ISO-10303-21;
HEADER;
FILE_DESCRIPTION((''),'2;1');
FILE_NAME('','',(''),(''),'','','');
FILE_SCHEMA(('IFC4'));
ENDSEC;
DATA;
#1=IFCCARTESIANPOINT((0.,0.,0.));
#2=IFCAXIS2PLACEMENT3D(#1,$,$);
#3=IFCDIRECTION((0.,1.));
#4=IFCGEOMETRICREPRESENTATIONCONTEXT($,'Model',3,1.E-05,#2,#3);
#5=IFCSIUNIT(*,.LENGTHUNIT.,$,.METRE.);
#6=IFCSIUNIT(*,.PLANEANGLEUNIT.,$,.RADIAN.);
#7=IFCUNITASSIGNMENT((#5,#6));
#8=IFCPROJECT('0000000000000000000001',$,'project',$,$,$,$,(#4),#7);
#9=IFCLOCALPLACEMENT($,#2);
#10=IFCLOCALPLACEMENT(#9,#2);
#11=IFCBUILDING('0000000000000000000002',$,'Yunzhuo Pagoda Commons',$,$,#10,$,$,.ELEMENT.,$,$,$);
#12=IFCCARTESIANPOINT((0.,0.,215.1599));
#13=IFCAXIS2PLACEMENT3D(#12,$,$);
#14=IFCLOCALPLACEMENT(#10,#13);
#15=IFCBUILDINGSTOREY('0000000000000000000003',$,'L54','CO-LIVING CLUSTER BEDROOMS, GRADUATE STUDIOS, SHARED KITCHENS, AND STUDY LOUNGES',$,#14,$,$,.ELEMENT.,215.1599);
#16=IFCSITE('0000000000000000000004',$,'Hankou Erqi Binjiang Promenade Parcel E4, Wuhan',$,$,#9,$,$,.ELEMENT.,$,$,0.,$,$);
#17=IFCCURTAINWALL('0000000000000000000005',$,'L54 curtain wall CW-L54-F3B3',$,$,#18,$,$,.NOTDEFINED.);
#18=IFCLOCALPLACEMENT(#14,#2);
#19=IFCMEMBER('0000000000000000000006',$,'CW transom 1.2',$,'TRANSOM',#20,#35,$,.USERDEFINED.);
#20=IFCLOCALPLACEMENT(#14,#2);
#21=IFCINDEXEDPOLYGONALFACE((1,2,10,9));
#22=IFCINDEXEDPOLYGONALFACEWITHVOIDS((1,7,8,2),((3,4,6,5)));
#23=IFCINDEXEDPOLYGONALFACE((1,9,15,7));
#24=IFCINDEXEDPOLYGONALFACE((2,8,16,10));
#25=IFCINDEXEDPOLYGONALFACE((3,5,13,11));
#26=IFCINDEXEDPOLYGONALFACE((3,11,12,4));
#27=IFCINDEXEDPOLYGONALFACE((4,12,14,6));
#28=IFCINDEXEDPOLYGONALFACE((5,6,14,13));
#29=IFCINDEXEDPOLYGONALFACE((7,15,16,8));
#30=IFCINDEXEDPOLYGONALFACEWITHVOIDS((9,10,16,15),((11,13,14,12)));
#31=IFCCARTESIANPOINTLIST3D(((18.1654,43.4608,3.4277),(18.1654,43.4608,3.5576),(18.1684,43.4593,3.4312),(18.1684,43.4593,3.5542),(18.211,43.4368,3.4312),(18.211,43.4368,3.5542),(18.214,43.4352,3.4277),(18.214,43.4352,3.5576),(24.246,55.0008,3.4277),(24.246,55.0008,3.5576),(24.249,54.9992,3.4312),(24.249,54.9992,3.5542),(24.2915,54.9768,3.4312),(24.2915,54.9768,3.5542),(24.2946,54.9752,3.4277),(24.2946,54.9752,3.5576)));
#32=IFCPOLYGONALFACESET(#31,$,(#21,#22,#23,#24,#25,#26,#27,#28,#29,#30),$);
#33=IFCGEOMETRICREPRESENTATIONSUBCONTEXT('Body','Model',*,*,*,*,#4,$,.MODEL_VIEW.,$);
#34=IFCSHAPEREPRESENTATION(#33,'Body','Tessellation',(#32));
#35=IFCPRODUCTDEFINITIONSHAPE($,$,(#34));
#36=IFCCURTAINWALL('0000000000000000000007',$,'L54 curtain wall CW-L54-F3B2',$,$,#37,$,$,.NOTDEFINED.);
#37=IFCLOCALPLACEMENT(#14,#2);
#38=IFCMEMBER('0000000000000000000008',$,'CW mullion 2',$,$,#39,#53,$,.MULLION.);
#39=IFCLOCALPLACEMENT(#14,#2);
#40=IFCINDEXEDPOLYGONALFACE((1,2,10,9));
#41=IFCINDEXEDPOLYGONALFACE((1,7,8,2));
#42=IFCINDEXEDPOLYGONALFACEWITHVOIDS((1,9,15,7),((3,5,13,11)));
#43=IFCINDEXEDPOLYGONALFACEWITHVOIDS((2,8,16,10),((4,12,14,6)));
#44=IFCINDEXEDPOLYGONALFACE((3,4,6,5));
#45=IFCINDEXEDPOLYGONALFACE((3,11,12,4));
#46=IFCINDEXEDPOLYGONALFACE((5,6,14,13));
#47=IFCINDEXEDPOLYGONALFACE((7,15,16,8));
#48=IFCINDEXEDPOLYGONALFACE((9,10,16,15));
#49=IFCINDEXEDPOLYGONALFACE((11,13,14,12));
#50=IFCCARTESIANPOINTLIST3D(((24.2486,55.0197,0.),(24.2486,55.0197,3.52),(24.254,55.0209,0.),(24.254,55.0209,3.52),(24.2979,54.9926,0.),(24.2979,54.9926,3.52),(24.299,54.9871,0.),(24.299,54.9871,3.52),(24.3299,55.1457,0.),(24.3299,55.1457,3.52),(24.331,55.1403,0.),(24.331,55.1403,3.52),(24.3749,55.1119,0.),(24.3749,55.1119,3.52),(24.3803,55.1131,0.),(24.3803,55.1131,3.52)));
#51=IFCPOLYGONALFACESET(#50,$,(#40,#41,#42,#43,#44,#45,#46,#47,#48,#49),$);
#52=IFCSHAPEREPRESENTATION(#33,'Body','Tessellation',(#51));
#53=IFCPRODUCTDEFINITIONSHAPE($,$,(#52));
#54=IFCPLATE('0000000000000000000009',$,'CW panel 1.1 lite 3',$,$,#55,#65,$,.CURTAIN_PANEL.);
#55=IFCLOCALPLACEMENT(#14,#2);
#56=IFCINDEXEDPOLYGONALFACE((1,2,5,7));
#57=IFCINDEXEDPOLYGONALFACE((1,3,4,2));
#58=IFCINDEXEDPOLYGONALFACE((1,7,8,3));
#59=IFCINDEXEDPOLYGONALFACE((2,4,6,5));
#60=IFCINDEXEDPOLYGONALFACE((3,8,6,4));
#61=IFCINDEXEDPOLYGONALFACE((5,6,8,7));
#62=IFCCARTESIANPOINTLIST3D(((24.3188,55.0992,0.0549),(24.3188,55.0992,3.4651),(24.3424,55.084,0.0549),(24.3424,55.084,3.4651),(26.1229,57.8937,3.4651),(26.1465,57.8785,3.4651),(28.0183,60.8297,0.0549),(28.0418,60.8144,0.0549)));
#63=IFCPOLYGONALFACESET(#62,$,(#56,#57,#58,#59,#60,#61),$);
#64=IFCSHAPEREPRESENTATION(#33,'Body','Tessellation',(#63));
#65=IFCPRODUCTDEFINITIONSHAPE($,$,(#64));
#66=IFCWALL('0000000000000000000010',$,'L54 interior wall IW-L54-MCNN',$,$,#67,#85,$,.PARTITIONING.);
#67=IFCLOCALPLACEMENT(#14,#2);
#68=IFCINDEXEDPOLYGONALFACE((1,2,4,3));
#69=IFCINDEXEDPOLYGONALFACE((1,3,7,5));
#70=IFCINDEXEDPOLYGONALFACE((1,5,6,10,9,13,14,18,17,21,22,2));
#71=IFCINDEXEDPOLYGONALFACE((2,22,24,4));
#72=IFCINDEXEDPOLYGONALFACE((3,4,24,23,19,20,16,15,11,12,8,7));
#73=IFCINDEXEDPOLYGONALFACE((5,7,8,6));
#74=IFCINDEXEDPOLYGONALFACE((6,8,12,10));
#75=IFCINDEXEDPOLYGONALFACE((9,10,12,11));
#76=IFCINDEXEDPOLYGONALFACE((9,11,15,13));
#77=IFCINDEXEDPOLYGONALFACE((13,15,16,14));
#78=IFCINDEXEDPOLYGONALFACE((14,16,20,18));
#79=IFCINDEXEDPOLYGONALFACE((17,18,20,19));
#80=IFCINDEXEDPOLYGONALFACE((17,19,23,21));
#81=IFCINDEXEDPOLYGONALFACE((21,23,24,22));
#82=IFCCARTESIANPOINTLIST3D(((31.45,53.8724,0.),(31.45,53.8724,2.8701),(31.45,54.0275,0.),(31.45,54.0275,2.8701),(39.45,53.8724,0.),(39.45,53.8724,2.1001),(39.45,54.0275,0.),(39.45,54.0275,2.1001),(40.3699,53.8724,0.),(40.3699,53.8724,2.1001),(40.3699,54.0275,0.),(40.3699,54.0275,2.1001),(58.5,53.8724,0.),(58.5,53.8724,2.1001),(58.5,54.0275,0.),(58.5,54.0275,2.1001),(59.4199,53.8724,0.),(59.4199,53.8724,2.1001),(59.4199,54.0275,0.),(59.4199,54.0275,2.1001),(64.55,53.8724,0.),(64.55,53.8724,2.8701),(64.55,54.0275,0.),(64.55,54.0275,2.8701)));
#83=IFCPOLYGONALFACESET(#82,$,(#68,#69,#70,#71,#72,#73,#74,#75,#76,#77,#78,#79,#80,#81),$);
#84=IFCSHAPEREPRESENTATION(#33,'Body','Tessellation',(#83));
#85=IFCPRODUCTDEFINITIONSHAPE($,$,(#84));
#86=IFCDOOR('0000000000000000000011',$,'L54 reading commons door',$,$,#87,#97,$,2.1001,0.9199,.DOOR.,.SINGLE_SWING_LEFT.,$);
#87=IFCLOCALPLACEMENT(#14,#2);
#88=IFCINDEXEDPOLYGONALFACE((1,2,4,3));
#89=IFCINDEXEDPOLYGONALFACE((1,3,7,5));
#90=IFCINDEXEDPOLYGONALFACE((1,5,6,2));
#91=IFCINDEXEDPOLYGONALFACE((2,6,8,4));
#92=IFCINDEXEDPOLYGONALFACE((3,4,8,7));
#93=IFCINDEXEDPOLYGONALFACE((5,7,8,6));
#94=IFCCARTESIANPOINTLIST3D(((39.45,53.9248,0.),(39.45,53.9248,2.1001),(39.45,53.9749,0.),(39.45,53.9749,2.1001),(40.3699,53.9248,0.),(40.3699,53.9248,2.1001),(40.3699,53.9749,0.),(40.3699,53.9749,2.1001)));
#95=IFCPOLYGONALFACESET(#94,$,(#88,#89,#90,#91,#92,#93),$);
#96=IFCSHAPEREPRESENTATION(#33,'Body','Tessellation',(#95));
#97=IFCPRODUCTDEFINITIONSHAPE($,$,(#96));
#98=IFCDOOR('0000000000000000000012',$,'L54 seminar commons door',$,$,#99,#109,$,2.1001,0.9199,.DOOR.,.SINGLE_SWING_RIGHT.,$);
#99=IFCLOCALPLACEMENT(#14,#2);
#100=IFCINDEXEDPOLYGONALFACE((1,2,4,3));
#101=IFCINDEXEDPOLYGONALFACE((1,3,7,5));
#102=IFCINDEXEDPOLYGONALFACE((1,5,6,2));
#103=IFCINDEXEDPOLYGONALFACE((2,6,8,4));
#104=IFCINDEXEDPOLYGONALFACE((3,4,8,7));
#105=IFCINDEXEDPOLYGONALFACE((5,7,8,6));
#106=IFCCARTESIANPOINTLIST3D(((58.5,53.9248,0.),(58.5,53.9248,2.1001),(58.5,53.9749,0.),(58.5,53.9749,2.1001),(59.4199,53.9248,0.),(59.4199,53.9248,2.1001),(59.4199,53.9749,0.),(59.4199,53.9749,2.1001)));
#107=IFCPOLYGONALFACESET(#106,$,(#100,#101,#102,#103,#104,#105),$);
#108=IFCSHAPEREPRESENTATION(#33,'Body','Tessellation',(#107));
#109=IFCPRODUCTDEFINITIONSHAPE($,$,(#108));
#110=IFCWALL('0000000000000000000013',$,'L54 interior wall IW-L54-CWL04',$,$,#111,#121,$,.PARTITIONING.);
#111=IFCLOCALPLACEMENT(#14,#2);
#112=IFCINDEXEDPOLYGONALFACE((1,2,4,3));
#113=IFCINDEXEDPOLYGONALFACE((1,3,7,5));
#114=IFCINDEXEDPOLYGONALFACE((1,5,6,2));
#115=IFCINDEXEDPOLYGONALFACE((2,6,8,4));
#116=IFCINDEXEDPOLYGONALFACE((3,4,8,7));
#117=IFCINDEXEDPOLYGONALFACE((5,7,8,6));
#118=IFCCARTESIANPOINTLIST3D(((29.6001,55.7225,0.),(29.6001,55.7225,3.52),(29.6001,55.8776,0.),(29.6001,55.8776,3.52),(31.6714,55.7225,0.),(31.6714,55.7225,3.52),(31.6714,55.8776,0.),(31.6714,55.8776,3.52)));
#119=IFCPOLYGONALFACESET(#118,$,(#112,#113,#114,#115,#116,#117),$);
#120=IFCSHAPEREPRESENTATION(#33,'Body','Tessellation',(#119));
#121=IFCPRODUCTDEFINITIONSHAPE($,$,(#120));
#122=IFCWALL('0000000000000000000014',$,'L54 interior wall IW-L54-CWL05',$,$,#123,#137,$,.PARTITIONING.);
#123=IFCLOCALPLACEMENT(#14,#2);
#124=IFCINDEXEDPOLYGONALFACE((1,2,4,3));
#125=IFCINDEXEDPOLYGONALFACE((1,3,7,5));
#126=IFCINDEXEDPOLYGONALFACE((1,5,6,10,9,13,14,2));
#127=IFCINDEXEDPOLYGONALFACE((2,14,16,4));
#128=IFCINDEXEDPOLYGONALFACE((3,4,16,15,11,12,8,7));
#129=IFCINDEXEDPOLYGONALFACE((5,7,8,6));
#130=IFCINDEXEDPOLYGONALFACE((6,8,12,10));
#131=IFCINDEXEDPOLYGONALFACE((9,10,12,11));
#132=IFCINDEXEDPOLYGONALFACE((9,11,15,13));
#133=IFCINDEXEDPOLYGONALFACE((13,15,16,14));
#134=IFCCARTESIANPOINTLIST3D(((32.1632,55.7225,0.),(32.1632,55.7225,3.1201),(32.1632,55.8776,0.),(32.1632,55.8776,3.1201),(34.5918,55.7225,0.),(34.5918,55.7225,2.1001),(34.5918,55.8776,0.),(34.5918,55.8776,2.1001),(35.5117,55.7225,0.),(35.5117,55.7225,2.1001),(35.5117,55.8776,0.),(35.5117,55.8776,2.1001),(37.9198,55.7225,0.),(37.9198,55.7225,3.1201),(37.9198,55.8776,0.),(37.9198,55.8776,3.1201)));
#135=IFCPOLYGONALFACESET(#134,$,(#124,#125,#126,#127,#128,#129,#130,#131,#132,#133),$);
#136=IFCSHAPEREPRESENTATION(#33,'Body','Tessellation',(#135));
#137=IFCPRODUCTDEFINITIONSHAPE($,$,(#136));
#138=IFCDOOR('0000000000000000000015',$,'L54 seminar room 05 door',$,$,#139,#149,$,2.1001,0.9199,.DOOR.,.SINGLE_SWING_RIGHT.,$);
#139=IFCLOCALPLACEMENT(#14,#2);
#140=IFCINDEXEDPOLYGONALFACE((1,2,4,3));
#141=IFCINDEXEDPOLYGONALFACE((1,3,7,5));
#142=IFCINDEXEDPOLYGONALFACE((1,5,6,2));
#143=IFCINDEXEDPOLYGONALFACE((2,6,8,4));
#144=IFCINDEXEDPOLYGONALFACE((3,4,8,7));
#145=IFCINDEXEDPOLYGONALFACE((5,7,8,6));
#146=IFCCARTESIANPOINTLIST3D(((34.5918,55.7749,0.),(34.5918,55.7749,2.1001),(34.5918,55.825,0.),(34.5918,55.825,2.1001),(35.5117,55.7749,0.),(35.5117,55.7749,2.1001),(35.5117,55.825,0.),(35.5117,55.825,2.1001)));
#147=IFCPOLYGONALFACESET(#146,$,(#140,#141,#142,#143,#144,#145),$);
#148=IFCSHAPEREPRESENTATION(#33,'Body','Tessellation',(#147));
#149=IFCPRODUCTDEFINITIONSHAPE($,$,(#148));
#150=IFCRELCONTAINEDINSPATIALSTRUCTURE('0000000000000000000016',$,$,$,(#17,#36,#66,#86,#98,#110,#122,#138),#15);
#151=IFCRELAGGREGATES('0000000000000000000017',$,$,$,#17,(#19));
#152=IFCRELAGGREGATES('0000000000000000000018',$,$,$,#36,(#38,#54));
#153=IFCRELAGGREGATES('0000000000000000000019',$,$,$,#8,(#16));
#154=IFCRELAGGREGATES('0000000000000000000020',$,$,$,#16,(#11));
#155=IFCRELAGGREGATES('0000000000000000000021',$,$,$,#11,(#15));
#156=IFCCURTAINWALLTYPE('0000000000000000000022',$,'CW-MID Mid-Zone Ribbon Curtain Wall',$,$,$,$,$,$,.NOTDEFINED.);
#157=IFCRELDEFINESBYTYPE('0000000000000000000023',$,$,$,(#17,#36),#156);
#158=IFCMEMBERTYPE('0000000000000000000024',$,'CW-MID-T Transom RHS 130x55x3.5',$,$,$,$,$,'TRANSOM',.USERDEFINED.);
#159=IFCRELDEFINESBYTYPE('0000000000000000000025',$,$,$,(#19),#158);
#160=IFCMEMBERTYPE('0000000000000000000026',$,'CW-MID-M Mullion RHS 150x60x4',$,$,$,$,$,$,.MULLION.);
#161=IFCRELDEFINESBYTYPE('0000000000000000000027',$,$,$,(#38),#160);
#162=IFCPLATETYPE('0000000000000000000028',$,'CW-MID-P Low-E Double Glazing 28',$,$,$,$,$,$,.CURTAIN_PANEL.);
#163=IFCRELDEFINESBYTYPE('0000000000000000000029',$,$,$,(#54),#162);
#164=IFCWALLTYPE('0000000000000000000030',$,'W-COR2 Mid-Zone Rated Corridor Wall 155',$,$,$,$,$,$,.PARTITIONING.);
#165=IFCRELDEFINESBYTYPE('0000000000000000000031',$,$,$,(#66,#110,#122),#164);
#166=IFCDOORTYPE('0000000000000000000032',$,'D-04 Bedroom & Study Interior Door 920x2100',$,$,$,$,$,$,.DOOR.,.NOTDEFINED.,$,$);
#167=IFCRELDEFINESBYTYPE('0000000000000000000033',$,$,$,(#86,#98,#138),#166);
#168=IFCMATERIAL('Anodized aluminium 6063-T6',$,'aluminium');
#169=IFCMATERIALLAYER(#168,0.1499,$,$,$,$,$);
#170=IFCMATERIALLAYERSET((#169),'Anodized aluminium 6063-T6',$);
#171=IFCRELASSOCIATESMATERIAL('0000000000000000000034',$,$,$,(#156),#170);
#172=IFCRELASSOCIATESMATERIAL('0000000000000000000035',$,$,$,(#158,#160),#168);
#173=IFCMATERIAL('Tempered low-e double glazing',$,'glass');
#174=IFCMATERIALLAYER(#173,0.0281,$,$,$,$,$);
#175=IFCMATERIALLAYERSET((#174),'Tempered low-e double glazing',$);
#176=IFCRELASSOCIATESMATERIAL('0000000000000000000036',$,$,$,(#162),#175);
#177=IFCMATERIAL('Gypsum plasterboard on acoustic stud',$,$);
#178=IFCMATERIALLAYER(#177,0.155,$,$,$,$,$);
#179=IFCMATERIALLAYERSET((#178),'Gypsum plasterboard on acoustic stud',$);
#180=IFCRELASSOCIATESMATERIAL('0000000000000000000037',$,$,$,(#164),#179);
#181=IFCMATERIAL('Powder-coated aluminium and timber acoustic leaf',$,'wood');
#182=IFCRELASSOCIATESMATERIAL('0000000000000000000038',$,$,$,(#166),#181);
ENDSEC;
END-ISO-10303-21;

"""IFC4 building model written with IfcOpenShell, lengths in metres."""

from ifc_helpers import new_model, si_unit, direction, frame, frame_2d, origin, origin_with_axes, origin_2d, place, context, subcontext, project, spatial, polyline, rectangle, hollow_rectangle, outline, extrude, source, transform, mapped, material, layer, layer_set, material_profile, profile_set, type_object, element, fill, aggregate, save


model = new_model("IFC4")

# Units and contexts
model_context = context("Model", 3, precision=1e-05, world=origin(), true_north=direction((0.0, 1.0)))
body_context = subcontext(model_context, "Body", "Model", "MODEL_VIEW")
ifc_project = project(units=[si_unit("LENGTHUNIT", "METRE"), si_unit("PLANEANGLEUNIT", "RADIAN")], contexts=[model_context])

# Site, building, storey
site_placement = place(None, origin())
site = spatial("IfcSite", under=ifc_project, at=site_placement, Name="Hankou Erqi Binjiang Promenade Parcel E4, Wuhan", CompositionType="ELEMENT", RefElevation=0.0)
building_placement = place(site_placement, origin())
building = spatial("IfcBuilding", under=site, at=building_placement, Name="Yunzhuo Pagoda Commons", CompositionType="ELEMENT")
storey_placement = place(building_placement, frame((0.0, 0.0, 215.1599)))
storey = spatial("IfcBuildingStorey", under=building, at=storey_placement, Name="L54", Description="CO-LIVING CLUSTER BEDROOMS, GRADUATE STUDIOS, SHARED KITCHENS, AND STUDY LOUNGES", CompositionType="ELEMENT", Elevation=215.1599)

# Curtain wall, member
ifc_material_1 = material(Name="Anodized aluminium 6063-T6", Category="aluminium")
ifc_layer_1 = layer(ifc_material_1, 0.1499)
ifc_layer_set_1 = layer_set([ifc_layer_1], Name="Anodized aluminium 6063-T6")
curtain_wall_type = type_object("IfcCurtainWallType", Name="CW-MID Mid-Zone Ribbon Curtain Wall", PredefinedType="NOTDEFINED", material=ifc_layer_set_1)
curtain_wall_1_placement = place(storey_placement, origin())
curtain_wall_1 = element("IfcCurtainWall", 1, at=curtain_wall_1_placement, inside=storey, type_object=curtain_wall_type, Name="L54 curtain wall CW-L54-F3B3", PredefinedType="NOTDEFINED")
ifc_material_profile_1 = material_profile(ifc_material_1, hollow_rectangle(XDim=0.0549, YDim=0.1299, WallThickness=0.0034, at=origin_2d()), Name="Anodized aluminium 6063-T6")
ifc_profile_set_1 = profile_set([ifc_material_profile_1], Name="Anodized aluminium 6063-T6")
member_type_1 = type_object("IfcMemberType", Name="CW-MID-T Transom RHS 130x55x3.5", ElementType="TRANSOM", PredefinedType="USERDEFINED", material=ifc_profile_set_1)
shared_shape_1 = source(origin(), body_context, "Body", "SweptSolid", [
    extrude(hollow_rectangle(XDim=0.0549, YDim=0.1299, WallThickness=0.0034, at=origin_2d()), origin(), (0.0, 0.0, 1.0), 13.0439),
])
member_1_placement = place(storey_placement, frame((24.2703, 54.988, 3.4927), z_axis=(-0.466158, -0.884701, 0.0), x_axis=(0.884701, -0.466158, 0.0)))
member_1 = element("IfcMember", 2, at=member_1_placement, type_object=member_type_1, Name="CW transom 1.2", ObjectType="TRANSOM", PredefinedType="USERDEFINED", context=body_context, shape_type="MappedRepresentation", body=[
    mapped(shared_shape_1, transform((0.0, 0.0, 0.0), scale=1.0)),
])
aggregate(curtain_wall_1, [member_1])

# Curtain wall, member, plate
curtain_wall_2_placement = place(storey_placement, origin())
curtain_wall_2 = element("IfcCurtainWall", 3, at=curtain_wall_2_placement, inside=storey, type_object=curtain_wall_type, Name="L54 curtain wall CW-L54-F3B2", PredefinedType="NOTDEFINED")
ifc_material_profile_2 = material_profile(ifc_material_1, hollow_rectangle(XDim=0.0601, YDim=0.1499, WallThickness=0.0039, at=origin_2d()), Name="Anodized aluminium 6063-T6")
ifc_profile_set_2 = profile_set([ifc_material_profile_2], Name="Anodized aluminium 6063-T6")
member_type_2 = type_object("IfcMemberType", Name="CW-MID-M Mullion RHS 150x60x4", PredefinedType="MULLION", material=ifc_profile_set_2)
shared_shape_2 = source(origin(), body_context, "Body", "SweptSolid", [
    extrude(hollow_rectangle(XDim=0.0601, YDim=0.1499, WallThickness=0.0039, at=origin_2d()), origin(), (0.0, 0.0, 1.0), 3.52),
])
member_2_placement = place(storey_placement, frame((24.3145, 55.0664, 0.0), z_axis=(0.0, 0.0, 1.0), x_axis=(0.840138, -0.542372, 0.0)))
member_2 = element("IfcMember", 4, at=member_2_placement, type_object=member_type_2, Name="CW mullion 2", PredefinedType="MULLION", context=body_context, shape_type="MappedRepresentation", body=[
    mapped(shared_shape_2, transform((0.0, 0.0, 0.0), scale=1.0)),
])
ifc_material_2 = material(Name="Tempered low-e double glazing", Category="glass")
ifc_layer_2 = layer(ifc_material_2, 0.0281)
ifc_layer_set_2 = layer_set([ifc_layer_2], Name="Tempered low-e double glazing")
plate_type = type_object("IfcPlateType", Name="CW-MID-P Low-E Double Glazing 28", PredefinedType="CURTAIN_PANEL", material=ifc_layer_set_2)
plate_placement = place(storey_placement, frame((26.1921, 57.9492, 1.76), z_axis=(-0.840138, 0.542372, 0.0), x_axis=(-0.542372, -0.840138, 0.0)))
plate = element("IfcPlate", 5, at=plate_placement, type_object=plate_type, Name="CW panel 1.1 lite 3", PredefinedType="CURTAIN_PANEL", context=body_context, shape_type="SweptSolid", body=[
    extrude(outline(polyline([(-3.4104, -1.7051), (3.4104, -1.7051), (3.4104, 1.7051), (0.0842, 1.7051), (-3.4104, -1.7051)])), origin(), (0.0, 0.0, 1.0), 0.0281),
])
aggregate(curtain_wall_2, [member_2, plate])

# Wall, openings, doors
ifc_material_3 = material(Name="Gypsum plasterboard on acoustic stud")
ifc_layer_3 = layer(ifc_material_3, 0.155)
ifc_layer_set_3 = layer_set([ifc_layer_3], Name="Gypsum plasterboard on acoustic stud")
wall_type_1 = type_object("IfcWallType", Name="W-COR2 Mid-Zone Rated Corridor Wall 155", PredefinedType="PARTITIONING", material=ifc_layer_set_3)
wall_1_placement = place(storey_placement, frame((31.45, 53.95, 0.0), z_axis=(0.0, 0.0, 1.0), x_axis=(1.0, 0.0, 0.0)))
wall_1 = element("IfcWall", 6, at=wall_1_placement, inside=storey, type_object=wall_type_1, Name="L54 interior wall IW-L54-MCNN", PredefinedType="PARTITIONING", context=body_context, shape_type="SweptSolid", body=[
    extrude(rectangle(XDim=33.1001, YDim=0.155, at=frame_2d((16.55, 0.0))), origin(), (0.0, 0.0, 1.0), 2.8701),
])
opening_1_placement = place(wall_1_placement, frame((8.0, 0.0, 0.0)))
opening_1 = element("IfcOpeningElement", 7, at=opening_1_placement, cuts=wall_1, PredefinedType="OPENING", context=body_context, shape_type="SweptSolid", body=[
    extrude(rectangle(XDim=0.9199, YDim=2.1001, at=frame_2d((0.46, 1.05))), frame((0.0, 0.0874, 0.0), z_axis=(0.0, -1.0, 0.0), x_axis=(1.0, 0.0, 0.0)), (0.0, 0.0, 1.0), 0.175),
])
opening_2_placement = place(wall_1_placement, frame((27.05, 0.0, 0.0)))
opening_2 = element("IfcOpeningElement", 8, at=opening_2_placement, cuts=wall_1, PredefinedType="OPENING", context=body_context, shape_type="SweptSolid", body=[
    extrude(rectangle(XDim=0.9199, YDim=2.1001, at=frame_2d((0.46, 1.05))), frame((0.0, 0.0874, 0.0), z_axis=(0.0, -1.0, 0.0), x_axis=(1.0, 0.0, 0.0)), (0.0, 0.0, 1.0), 0.175),
])
ifc_material_4 = material(Name="Powder-coated aluminium and timber acoustic leaf", Category="wood")
door_type_1 = type_object("IfcDoorType", Name="D-04 Bedroom & Study Interior Door 920x2100", OperationType="NOTDEFINED", PredefinedType="DOOR", material=ifc_material_4)
shared_shape_3 = source(origin(), body_context, "Body", "SweptSolid", [
    extrude(rectangle(XDim=0.9199, YDim=2.1001, at=frame_2d((0.46, 1.05))), frame((0.0, 0.0249, 0.0), z_axis=(0.0, -1.0, 0.0), x_axis=(1.0, 0.0, 0.0)), (0.0, 0.0, 1.0), 0.05),
])
door_1_placement = place(opening_1_placement, origin_with_axes())
door_1 = element("IfcDoor", 9, at=door_1_placement, inside=storey, type_object=door_type_1, Name="L54 reading commons door", OperationType="SINGLE_SWING_LEFT", OverallHeight=2.1001, OverallWidth=0.9199, PredefinedType="DOOR", context=body_context, shape_type="MappedRepresentation", body=[
    mapped(shared_shape_3, transform((0.0, 0.0, 0.0), scale=1.0)),
])
fill(opening_1, door_1)
door_2_placement = place(opening_2_placement, origin_with_axes())
door_2 = element("IfcDoor", 10, at=door_2_placement, inside=storey, type_object=door_type_1, Name="L54 seminar commons door", OperationType="SINGLE_SWING_RIGHT", OverallHeight=2.1001, OverallWidth=0.9199, PredefinedType="DOOR", context=body_context, shape_type="MappedRepresentation", body=[
    mapped(shared_shape_3, transform((0.0, 0.0, 0.0), scale=1.0)),
])
fill(opening_2, door_2)

# Wall
wall_2_placement = place(storey_placement, frame((29.6001, 55.8, 0.0), z_axis=(0.0, 0.0, 1.0), x_axis=(1.0, 0.0, 0.0)))
element("IfcWall", 11, at=wall_2_placement, inside=storey, type_object=wall_type_1, Name="L54 interior wall IW-L54-CWL04", PredefinedType="PARTITIONING", context=body_context, shape_type="SweptSolid", body=[
    extrude(rectangle(XDim=2.0713, YDim=0.155, at=frame_2d((1.0356, 0.0))), origin(), (0.0, 0.0, 1.0), 3.52),
])

# Wall, opening, door
wall_3_placement = place(storey_placement, frame((32.1631, 55.8, 0.0), z_axis=(0.0, 0.0, 1.0), x_axis=(1.0, 0.0, 0.0)))
wall_3 = element("IfcWall", 12, at=wall_3_placement, inside=storey, type_object=wall_type_1, Name="L54 interior wall IW-L54-CWL05", PredefinedType="PARTITIONING", context=body_context, shape_type="SweptSolid", body=[
    extrude(rectangle(XDim=5.7566, YDim=0.155, at=frame_2d((2.8784, 0.0))), origin(), (0.0, 0.0, 1.0), 3.1201),
])
opening_3_placement = place(wall_3_placement, frame((2.4287, 0.0, 0.0)))
opening_3 = element("IfcOpeningElement", 13, at=opening_3_placement, cuts=wall_3, PredefinedType="OPENING", context=body_context, shape_type="SweptSolid", body=[
    extrude(rectangle(XDim=0.9199, YDim=2.1001, at=frame_2d((0.46, 1.05))), frame((0.0, 0.0874, 0.0), z_axis=(0.0, -1.0, 0.0), x_axis=(1.0, 0.0, 0.0)), (0.0, 0.0, 1.0), 0.175),
])
door_3_placement = place(opening_3_placement, origin_with_axes())
door_3 = element("IfcDoor", 14, at=door_3_placement, inside=storey, type_object=door_type_1, Name="L54 seminar room 05 door", OperationType="SINGLE_SWING_RIGHT", OverallHeight=2.1001, OverallWidth=0.9199, PredefinedType="DOOR", context=body_context, shape_type="MappedRepresentation", body=[
    mapped(shared_shape_3, transform((0.0, 0.0, 0.0), scale=1.0)),
])
fill(opening_3, door_3)

save(model, "model.ifc")
